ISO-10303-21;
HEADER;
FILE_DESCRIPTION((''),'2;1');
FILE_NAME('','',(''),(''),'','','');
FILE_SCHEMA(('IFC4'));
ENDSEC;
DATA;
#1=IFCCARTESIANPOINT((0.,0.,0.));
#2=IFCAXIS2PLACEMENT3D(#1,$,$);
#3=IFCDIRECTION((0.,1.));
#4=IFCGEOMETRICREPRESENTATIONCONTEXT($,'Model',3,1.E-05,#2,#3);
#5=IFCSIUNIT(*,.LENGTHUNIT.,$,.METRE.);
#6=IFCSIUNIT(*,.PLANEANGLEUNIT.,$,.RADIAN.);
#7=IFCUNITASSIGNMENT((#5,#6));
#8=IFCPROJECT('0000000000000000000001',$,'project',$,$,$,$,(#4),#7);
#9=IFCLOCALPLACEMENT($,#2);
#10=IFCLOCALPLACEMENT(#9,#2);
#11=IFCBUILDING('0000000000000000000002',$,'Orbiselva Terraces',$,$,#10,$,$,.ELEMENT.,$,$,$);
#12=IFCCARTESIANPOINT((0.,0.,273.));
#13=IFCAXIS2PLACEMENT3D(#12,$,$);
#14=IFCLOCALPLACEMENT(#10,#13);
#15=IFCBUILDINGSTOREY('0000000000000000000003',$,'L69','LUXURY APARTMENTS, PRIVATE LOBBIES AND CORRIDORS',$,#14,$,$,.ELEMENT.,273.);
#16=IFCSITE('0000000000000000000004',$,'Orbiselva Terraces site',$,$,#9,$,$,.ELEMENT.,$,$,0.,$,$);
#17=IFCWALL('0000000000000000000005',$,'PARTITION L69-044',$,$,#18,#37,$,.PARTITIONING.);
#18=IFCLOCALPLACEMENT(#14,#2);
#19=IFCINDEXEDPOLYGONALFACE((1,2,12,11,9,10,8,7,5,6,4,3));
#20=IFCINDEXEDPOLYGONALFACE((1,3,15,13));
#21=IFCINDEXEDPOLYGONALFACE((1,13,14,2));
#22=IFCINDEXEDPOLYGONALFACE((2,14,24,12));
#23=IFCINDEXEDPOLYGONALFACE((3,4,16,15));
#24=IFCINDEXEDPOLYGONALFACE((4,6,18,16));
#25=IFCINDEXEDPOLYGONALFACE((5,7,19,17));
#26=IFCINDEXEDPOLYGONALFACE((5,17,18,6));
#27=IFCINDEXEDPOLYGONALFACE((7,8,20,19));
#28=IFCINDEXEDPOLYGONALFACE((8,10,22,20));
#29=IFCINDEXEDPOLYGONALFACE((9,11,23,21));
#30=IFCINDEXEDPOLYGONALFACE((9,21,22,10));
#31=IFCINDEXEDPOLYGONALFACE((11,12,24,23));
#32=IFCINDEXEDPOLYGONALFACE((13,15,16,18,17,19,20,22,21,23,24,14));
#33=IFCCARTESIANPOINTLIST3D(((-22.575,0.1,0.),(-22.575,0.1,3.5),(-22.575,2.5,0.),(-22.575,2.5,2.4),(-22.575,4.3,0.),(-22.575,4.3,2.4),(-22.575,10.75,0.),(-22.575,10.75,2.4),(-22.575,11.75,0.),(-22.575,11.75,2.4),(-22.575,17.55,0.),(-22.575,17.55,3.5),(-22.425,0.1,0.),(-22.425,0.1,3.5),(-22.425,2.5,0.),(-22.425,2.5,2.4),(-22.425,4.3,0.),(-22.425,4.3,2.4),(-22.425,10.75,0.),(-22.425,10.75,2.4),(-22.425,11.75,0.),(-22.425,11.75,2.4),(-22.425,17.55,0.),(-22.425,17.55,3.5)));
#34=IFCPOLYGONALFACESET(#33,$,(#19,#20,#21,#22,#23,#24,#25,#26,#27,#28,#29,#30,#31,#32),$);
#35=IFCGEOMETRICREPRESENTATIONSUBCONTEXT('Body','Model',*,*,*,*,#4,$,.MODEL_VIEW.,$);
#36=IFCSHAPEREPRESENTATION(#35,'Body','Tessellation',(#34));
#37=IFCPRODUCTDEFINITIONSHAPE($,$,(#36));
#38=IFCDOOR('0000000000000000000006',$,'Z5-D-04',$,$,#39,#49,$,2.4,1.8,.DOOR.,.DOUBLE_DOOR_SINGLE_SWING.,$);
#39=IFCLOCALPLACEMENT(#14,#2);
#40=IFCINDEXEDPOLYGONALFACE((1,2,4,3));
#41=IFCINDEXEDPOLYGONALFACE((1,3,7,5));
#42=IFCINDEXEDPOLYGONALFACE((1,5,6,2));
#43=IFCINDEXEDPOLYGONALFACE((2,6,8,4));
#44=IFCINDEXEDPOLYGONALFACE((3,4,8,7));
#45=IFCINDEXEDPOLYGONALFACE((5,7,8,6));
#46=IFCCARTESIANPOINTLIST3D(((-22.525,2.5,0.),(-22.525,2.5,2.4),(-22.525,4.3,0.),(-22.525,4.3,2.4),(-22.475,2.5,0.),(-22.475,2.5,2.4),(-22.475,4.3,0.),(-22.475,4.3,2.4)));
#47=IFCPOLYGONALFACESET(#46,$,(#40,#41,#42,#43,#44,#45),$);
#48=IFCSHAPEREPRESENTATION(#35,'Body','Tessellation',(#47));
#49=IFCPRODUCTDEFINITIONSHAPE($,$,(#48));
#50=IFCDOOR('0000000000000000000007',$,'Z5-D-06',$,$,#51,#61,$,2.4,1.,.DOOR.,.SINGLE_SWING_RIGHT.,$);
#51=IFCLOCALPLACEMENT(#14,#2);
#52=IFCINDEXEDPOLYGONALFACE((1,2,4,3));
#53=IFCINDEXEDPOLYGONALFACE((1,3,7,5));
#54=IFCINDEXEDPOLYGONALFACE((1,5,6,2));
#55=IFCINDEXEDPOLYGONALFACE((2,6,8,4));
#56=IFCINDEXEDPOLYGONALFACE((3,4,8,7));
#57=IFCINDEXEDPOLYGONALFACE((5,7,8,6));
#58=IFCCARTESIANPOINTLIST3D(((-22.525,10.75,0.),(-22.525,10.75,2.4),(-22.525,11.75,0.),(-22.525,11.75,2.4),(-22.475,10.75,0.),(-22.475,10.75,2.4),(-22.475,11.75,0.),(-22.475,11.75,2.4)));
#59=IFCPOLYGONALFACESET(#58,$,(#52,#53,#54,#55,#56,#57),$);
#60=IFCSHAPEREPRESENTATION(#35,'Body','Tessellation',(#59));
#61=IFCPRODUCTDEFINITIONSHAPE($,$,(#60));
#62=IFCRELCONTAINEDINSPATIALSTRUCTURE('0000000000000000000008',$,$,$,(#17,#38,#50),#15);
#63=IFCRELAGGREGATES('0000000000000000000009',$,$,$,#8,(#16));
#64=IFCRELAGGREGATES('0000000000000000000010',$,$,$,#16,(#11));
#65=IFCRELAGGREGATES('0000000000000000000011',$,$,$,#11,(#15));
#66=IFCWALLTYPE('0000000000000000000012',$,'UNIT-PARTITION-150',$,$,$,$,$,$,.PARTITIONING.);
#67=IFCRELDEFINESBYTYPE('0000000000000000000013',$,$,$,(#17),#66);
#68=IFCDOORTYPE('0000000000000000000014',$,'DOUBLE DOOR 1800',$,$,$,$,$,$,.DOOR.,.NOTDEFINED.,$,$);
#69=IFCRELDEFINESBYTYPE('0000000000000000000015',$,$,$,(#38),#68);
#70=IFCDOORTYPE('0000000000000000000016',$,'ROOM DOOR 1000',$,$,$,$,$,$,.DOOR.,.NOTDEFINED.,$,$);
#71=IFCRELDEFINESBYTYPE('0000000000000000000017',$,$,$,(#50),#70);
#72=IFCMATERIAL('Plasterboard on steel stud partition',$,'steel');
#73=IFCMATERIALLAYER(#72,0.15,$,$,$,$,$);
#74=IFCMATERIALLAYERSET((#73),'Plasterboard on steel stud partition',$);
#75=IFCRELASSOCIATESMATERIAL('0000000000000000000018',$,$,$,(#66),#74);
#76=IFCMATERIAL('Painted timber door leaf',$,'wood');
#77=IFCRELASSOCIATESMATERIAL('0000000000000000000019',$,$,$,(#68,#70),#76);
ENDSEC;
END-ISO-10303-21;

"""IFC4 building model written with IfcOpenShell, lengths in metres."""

from ifc_helpers import new_model, si_unit, direction, frame, frame_2d, origin, place, context, subcontext, project, spatial, rectangle, extrude, material, layer, layer_set, type_object, element, fill, save


model = new_model("IFC4")

# Units and contexts
model_context = context("Model", 3, precision=1e-05, world=origin(), true_north=direction((0.0, 1.0)))
body_context = subcontext(model_context, "Body", "Model", "MODEL_VIEW")
ifc_project = project(units=[si_unit("LENGTHUNIT", "METRE"), si_unit("PLANEANGLEUNIT", "RADIAN")], contexts=[model_context])

# Site, building, storey
site_placement = place(None, origin())
site = spatial("IfcSite", under=ifc_project, at=site_placement, Name="Orbiselva Terraces site", CompositionType="ELEMENT", RefElevation=0.0)
building_placement = place(site_placement, origin())
building = spatial("IfcBuilding", under=site, at=building_placement, Name="Orbiselva Terraces", CompositionType="ELEMENT")
storey_placement = place(building_placement, frame((0.0, 0.0, 273.0)))
storey = spatial("IfcBuildingStorey", under=building, at=storey_placement, Name="L69", Description="LUXURY APARTMENTS, PRIVATE LOBBIES AND CORRIDORS", CompositionType="ELEMENT", Elevation=273.0)

# Shared definitions
ifc_material_1 = material(Name="Plasterboard on steel stud partition", Category="steel")
ifc_material_2 = material(Name="Painted timber door leaf", Category="wood")
ifc_layer_1 = layer(ifc_material_1, 0.15)
ifc_layer_set_1 = layer_set([ifc_layer_1], Name="Plasterboard on steel stud partition")
wall_type_1 = type_object("IfcWallType", Name="UNIT-PARTITION-150", PredefinedType="PARTITIONING", material=ifc_layer_set_1)

# Wall, openings, doors
wall_1_placement = place(storey_placement, frame((-22.5, 0.1, 0.0), z_axis=(0.0, 0.0, 1.0), x_axis=(0.0, 1.0, 0.0)))
wall_1 = element("IfcWall", 1, at=wall_1_placement, inside=storey, type_object=wall_type_1, Name="PARTITION L69-044", PredefinedType="PARTITIONING", context=body_context, shape_type="SweptSolid", body=[
    extrude(rectangle(XDim=17.45, YDim=0.15, at=frame_2d((8.725, 0.0))), origin(), (0.0, 0.0, 1.0), 3.5),
])
opening_1_placement = place(wall_1_placement, frame((2.4, 0.0, 0.0)))
opening_1 = element("IfcOpeningElement", 2, at=opening_1_placement, cuts=wall_1, PredefinedType="OPENING", context=body_context, shape_type="SweptSolid", body=[
    extrude(rectangle(XDim=1.8, YDim=2.4, at=frame_2d((0.9, 1.2))), frame((0.0, 0.085, 0.0), z_axis=(0.0, -1.0, 0.0), x_axis=(1.0, 0.0, 0.0)), (0.0, 0.0, 1.0), 0.17),
])
opening_2_placement = place(wall_1_placement, frame((10.65, 0.0, 0.0)))
opening_2 = element("IfcOpeningElement", 3, at=opening_2_placement, cuts=wall_1, PredefinedType="OPENING", context=body_context, shape_type="SweptSolid", body=[
    extrude(rectangle(XDim=1.0, YDim=2.4, at=frame_2d((0.5, 1.2))), frame((0.0, 0.085, 0.0), z_axis=(0.0, -1.0, 0.0), x_axis=(1.0, 0.0, 0.0)), (0.0, 0.0, 1.0), 0.17),
])
door_type_1 = type_object("IfcDoorType", Name="DOUBLE DOOR 1800", OperationType="NOTDEFINED", PredefinedType="DOOR", material=ifc_material_2)
door_1_placement = place(opening_1_placement, origin())
door_1 = element("IfcDoor", 4, at=door_1_placement, inside=storey, type_object=door_type_1, Name="Z5-D-04", OperationType="DOUBLE_DOOR_SINGLE_SWING", OverallHeight=2.4, OverallWidth=1.8, PredefinedType="DOOR", context=body_context, shape_type="SweptSolid", body=[
    extrude(rectangle(XDim=1.8, YDim=2.4, at=frame_2d((0.9, 1.2))), frame((0.0, 0.025, 0.0), z_axis=(0.0, -1.0, 0.0), x_axis=(1.0, 0.0, 0.0)), (0.0, 0.0, 1.0), 0.05),
])
fill(opening_1, door_1)
door_type_2 = type_object("IfcDoorType", Name="ROOM DOOR 1000", OperationType="NOTDEFINED", PredefinedType="DOOR", material=ifc_material_2)
door_2_placement = place(opening_2_placement, origin())
door_2 = element("IfcDoor", 5, at=door_2_placement, inside=storey, type_object=door_type_2, Name="Z5-D-06", OperationType="SINGLE_SWING_RIGHT", OverallHeight=2.4, OverallWidth=1.0, PredefinedType="DOOR", context=body_context, shape_type="SweptSolid", body=[
    extrude(rectangle(XDim=1.0, YDim=2.4, at=frame_2d((0.5, 1.2))), frame((0.0, 0.025, 0.0), z_axis=(0.0, -1.0, 0.0), x_axis=(1.0, 0.0, 0.0)), (0.0, 0.0, 1.0), 0.05),
])
fill(opening_2, door_2)

save(model, "model.ifc")
